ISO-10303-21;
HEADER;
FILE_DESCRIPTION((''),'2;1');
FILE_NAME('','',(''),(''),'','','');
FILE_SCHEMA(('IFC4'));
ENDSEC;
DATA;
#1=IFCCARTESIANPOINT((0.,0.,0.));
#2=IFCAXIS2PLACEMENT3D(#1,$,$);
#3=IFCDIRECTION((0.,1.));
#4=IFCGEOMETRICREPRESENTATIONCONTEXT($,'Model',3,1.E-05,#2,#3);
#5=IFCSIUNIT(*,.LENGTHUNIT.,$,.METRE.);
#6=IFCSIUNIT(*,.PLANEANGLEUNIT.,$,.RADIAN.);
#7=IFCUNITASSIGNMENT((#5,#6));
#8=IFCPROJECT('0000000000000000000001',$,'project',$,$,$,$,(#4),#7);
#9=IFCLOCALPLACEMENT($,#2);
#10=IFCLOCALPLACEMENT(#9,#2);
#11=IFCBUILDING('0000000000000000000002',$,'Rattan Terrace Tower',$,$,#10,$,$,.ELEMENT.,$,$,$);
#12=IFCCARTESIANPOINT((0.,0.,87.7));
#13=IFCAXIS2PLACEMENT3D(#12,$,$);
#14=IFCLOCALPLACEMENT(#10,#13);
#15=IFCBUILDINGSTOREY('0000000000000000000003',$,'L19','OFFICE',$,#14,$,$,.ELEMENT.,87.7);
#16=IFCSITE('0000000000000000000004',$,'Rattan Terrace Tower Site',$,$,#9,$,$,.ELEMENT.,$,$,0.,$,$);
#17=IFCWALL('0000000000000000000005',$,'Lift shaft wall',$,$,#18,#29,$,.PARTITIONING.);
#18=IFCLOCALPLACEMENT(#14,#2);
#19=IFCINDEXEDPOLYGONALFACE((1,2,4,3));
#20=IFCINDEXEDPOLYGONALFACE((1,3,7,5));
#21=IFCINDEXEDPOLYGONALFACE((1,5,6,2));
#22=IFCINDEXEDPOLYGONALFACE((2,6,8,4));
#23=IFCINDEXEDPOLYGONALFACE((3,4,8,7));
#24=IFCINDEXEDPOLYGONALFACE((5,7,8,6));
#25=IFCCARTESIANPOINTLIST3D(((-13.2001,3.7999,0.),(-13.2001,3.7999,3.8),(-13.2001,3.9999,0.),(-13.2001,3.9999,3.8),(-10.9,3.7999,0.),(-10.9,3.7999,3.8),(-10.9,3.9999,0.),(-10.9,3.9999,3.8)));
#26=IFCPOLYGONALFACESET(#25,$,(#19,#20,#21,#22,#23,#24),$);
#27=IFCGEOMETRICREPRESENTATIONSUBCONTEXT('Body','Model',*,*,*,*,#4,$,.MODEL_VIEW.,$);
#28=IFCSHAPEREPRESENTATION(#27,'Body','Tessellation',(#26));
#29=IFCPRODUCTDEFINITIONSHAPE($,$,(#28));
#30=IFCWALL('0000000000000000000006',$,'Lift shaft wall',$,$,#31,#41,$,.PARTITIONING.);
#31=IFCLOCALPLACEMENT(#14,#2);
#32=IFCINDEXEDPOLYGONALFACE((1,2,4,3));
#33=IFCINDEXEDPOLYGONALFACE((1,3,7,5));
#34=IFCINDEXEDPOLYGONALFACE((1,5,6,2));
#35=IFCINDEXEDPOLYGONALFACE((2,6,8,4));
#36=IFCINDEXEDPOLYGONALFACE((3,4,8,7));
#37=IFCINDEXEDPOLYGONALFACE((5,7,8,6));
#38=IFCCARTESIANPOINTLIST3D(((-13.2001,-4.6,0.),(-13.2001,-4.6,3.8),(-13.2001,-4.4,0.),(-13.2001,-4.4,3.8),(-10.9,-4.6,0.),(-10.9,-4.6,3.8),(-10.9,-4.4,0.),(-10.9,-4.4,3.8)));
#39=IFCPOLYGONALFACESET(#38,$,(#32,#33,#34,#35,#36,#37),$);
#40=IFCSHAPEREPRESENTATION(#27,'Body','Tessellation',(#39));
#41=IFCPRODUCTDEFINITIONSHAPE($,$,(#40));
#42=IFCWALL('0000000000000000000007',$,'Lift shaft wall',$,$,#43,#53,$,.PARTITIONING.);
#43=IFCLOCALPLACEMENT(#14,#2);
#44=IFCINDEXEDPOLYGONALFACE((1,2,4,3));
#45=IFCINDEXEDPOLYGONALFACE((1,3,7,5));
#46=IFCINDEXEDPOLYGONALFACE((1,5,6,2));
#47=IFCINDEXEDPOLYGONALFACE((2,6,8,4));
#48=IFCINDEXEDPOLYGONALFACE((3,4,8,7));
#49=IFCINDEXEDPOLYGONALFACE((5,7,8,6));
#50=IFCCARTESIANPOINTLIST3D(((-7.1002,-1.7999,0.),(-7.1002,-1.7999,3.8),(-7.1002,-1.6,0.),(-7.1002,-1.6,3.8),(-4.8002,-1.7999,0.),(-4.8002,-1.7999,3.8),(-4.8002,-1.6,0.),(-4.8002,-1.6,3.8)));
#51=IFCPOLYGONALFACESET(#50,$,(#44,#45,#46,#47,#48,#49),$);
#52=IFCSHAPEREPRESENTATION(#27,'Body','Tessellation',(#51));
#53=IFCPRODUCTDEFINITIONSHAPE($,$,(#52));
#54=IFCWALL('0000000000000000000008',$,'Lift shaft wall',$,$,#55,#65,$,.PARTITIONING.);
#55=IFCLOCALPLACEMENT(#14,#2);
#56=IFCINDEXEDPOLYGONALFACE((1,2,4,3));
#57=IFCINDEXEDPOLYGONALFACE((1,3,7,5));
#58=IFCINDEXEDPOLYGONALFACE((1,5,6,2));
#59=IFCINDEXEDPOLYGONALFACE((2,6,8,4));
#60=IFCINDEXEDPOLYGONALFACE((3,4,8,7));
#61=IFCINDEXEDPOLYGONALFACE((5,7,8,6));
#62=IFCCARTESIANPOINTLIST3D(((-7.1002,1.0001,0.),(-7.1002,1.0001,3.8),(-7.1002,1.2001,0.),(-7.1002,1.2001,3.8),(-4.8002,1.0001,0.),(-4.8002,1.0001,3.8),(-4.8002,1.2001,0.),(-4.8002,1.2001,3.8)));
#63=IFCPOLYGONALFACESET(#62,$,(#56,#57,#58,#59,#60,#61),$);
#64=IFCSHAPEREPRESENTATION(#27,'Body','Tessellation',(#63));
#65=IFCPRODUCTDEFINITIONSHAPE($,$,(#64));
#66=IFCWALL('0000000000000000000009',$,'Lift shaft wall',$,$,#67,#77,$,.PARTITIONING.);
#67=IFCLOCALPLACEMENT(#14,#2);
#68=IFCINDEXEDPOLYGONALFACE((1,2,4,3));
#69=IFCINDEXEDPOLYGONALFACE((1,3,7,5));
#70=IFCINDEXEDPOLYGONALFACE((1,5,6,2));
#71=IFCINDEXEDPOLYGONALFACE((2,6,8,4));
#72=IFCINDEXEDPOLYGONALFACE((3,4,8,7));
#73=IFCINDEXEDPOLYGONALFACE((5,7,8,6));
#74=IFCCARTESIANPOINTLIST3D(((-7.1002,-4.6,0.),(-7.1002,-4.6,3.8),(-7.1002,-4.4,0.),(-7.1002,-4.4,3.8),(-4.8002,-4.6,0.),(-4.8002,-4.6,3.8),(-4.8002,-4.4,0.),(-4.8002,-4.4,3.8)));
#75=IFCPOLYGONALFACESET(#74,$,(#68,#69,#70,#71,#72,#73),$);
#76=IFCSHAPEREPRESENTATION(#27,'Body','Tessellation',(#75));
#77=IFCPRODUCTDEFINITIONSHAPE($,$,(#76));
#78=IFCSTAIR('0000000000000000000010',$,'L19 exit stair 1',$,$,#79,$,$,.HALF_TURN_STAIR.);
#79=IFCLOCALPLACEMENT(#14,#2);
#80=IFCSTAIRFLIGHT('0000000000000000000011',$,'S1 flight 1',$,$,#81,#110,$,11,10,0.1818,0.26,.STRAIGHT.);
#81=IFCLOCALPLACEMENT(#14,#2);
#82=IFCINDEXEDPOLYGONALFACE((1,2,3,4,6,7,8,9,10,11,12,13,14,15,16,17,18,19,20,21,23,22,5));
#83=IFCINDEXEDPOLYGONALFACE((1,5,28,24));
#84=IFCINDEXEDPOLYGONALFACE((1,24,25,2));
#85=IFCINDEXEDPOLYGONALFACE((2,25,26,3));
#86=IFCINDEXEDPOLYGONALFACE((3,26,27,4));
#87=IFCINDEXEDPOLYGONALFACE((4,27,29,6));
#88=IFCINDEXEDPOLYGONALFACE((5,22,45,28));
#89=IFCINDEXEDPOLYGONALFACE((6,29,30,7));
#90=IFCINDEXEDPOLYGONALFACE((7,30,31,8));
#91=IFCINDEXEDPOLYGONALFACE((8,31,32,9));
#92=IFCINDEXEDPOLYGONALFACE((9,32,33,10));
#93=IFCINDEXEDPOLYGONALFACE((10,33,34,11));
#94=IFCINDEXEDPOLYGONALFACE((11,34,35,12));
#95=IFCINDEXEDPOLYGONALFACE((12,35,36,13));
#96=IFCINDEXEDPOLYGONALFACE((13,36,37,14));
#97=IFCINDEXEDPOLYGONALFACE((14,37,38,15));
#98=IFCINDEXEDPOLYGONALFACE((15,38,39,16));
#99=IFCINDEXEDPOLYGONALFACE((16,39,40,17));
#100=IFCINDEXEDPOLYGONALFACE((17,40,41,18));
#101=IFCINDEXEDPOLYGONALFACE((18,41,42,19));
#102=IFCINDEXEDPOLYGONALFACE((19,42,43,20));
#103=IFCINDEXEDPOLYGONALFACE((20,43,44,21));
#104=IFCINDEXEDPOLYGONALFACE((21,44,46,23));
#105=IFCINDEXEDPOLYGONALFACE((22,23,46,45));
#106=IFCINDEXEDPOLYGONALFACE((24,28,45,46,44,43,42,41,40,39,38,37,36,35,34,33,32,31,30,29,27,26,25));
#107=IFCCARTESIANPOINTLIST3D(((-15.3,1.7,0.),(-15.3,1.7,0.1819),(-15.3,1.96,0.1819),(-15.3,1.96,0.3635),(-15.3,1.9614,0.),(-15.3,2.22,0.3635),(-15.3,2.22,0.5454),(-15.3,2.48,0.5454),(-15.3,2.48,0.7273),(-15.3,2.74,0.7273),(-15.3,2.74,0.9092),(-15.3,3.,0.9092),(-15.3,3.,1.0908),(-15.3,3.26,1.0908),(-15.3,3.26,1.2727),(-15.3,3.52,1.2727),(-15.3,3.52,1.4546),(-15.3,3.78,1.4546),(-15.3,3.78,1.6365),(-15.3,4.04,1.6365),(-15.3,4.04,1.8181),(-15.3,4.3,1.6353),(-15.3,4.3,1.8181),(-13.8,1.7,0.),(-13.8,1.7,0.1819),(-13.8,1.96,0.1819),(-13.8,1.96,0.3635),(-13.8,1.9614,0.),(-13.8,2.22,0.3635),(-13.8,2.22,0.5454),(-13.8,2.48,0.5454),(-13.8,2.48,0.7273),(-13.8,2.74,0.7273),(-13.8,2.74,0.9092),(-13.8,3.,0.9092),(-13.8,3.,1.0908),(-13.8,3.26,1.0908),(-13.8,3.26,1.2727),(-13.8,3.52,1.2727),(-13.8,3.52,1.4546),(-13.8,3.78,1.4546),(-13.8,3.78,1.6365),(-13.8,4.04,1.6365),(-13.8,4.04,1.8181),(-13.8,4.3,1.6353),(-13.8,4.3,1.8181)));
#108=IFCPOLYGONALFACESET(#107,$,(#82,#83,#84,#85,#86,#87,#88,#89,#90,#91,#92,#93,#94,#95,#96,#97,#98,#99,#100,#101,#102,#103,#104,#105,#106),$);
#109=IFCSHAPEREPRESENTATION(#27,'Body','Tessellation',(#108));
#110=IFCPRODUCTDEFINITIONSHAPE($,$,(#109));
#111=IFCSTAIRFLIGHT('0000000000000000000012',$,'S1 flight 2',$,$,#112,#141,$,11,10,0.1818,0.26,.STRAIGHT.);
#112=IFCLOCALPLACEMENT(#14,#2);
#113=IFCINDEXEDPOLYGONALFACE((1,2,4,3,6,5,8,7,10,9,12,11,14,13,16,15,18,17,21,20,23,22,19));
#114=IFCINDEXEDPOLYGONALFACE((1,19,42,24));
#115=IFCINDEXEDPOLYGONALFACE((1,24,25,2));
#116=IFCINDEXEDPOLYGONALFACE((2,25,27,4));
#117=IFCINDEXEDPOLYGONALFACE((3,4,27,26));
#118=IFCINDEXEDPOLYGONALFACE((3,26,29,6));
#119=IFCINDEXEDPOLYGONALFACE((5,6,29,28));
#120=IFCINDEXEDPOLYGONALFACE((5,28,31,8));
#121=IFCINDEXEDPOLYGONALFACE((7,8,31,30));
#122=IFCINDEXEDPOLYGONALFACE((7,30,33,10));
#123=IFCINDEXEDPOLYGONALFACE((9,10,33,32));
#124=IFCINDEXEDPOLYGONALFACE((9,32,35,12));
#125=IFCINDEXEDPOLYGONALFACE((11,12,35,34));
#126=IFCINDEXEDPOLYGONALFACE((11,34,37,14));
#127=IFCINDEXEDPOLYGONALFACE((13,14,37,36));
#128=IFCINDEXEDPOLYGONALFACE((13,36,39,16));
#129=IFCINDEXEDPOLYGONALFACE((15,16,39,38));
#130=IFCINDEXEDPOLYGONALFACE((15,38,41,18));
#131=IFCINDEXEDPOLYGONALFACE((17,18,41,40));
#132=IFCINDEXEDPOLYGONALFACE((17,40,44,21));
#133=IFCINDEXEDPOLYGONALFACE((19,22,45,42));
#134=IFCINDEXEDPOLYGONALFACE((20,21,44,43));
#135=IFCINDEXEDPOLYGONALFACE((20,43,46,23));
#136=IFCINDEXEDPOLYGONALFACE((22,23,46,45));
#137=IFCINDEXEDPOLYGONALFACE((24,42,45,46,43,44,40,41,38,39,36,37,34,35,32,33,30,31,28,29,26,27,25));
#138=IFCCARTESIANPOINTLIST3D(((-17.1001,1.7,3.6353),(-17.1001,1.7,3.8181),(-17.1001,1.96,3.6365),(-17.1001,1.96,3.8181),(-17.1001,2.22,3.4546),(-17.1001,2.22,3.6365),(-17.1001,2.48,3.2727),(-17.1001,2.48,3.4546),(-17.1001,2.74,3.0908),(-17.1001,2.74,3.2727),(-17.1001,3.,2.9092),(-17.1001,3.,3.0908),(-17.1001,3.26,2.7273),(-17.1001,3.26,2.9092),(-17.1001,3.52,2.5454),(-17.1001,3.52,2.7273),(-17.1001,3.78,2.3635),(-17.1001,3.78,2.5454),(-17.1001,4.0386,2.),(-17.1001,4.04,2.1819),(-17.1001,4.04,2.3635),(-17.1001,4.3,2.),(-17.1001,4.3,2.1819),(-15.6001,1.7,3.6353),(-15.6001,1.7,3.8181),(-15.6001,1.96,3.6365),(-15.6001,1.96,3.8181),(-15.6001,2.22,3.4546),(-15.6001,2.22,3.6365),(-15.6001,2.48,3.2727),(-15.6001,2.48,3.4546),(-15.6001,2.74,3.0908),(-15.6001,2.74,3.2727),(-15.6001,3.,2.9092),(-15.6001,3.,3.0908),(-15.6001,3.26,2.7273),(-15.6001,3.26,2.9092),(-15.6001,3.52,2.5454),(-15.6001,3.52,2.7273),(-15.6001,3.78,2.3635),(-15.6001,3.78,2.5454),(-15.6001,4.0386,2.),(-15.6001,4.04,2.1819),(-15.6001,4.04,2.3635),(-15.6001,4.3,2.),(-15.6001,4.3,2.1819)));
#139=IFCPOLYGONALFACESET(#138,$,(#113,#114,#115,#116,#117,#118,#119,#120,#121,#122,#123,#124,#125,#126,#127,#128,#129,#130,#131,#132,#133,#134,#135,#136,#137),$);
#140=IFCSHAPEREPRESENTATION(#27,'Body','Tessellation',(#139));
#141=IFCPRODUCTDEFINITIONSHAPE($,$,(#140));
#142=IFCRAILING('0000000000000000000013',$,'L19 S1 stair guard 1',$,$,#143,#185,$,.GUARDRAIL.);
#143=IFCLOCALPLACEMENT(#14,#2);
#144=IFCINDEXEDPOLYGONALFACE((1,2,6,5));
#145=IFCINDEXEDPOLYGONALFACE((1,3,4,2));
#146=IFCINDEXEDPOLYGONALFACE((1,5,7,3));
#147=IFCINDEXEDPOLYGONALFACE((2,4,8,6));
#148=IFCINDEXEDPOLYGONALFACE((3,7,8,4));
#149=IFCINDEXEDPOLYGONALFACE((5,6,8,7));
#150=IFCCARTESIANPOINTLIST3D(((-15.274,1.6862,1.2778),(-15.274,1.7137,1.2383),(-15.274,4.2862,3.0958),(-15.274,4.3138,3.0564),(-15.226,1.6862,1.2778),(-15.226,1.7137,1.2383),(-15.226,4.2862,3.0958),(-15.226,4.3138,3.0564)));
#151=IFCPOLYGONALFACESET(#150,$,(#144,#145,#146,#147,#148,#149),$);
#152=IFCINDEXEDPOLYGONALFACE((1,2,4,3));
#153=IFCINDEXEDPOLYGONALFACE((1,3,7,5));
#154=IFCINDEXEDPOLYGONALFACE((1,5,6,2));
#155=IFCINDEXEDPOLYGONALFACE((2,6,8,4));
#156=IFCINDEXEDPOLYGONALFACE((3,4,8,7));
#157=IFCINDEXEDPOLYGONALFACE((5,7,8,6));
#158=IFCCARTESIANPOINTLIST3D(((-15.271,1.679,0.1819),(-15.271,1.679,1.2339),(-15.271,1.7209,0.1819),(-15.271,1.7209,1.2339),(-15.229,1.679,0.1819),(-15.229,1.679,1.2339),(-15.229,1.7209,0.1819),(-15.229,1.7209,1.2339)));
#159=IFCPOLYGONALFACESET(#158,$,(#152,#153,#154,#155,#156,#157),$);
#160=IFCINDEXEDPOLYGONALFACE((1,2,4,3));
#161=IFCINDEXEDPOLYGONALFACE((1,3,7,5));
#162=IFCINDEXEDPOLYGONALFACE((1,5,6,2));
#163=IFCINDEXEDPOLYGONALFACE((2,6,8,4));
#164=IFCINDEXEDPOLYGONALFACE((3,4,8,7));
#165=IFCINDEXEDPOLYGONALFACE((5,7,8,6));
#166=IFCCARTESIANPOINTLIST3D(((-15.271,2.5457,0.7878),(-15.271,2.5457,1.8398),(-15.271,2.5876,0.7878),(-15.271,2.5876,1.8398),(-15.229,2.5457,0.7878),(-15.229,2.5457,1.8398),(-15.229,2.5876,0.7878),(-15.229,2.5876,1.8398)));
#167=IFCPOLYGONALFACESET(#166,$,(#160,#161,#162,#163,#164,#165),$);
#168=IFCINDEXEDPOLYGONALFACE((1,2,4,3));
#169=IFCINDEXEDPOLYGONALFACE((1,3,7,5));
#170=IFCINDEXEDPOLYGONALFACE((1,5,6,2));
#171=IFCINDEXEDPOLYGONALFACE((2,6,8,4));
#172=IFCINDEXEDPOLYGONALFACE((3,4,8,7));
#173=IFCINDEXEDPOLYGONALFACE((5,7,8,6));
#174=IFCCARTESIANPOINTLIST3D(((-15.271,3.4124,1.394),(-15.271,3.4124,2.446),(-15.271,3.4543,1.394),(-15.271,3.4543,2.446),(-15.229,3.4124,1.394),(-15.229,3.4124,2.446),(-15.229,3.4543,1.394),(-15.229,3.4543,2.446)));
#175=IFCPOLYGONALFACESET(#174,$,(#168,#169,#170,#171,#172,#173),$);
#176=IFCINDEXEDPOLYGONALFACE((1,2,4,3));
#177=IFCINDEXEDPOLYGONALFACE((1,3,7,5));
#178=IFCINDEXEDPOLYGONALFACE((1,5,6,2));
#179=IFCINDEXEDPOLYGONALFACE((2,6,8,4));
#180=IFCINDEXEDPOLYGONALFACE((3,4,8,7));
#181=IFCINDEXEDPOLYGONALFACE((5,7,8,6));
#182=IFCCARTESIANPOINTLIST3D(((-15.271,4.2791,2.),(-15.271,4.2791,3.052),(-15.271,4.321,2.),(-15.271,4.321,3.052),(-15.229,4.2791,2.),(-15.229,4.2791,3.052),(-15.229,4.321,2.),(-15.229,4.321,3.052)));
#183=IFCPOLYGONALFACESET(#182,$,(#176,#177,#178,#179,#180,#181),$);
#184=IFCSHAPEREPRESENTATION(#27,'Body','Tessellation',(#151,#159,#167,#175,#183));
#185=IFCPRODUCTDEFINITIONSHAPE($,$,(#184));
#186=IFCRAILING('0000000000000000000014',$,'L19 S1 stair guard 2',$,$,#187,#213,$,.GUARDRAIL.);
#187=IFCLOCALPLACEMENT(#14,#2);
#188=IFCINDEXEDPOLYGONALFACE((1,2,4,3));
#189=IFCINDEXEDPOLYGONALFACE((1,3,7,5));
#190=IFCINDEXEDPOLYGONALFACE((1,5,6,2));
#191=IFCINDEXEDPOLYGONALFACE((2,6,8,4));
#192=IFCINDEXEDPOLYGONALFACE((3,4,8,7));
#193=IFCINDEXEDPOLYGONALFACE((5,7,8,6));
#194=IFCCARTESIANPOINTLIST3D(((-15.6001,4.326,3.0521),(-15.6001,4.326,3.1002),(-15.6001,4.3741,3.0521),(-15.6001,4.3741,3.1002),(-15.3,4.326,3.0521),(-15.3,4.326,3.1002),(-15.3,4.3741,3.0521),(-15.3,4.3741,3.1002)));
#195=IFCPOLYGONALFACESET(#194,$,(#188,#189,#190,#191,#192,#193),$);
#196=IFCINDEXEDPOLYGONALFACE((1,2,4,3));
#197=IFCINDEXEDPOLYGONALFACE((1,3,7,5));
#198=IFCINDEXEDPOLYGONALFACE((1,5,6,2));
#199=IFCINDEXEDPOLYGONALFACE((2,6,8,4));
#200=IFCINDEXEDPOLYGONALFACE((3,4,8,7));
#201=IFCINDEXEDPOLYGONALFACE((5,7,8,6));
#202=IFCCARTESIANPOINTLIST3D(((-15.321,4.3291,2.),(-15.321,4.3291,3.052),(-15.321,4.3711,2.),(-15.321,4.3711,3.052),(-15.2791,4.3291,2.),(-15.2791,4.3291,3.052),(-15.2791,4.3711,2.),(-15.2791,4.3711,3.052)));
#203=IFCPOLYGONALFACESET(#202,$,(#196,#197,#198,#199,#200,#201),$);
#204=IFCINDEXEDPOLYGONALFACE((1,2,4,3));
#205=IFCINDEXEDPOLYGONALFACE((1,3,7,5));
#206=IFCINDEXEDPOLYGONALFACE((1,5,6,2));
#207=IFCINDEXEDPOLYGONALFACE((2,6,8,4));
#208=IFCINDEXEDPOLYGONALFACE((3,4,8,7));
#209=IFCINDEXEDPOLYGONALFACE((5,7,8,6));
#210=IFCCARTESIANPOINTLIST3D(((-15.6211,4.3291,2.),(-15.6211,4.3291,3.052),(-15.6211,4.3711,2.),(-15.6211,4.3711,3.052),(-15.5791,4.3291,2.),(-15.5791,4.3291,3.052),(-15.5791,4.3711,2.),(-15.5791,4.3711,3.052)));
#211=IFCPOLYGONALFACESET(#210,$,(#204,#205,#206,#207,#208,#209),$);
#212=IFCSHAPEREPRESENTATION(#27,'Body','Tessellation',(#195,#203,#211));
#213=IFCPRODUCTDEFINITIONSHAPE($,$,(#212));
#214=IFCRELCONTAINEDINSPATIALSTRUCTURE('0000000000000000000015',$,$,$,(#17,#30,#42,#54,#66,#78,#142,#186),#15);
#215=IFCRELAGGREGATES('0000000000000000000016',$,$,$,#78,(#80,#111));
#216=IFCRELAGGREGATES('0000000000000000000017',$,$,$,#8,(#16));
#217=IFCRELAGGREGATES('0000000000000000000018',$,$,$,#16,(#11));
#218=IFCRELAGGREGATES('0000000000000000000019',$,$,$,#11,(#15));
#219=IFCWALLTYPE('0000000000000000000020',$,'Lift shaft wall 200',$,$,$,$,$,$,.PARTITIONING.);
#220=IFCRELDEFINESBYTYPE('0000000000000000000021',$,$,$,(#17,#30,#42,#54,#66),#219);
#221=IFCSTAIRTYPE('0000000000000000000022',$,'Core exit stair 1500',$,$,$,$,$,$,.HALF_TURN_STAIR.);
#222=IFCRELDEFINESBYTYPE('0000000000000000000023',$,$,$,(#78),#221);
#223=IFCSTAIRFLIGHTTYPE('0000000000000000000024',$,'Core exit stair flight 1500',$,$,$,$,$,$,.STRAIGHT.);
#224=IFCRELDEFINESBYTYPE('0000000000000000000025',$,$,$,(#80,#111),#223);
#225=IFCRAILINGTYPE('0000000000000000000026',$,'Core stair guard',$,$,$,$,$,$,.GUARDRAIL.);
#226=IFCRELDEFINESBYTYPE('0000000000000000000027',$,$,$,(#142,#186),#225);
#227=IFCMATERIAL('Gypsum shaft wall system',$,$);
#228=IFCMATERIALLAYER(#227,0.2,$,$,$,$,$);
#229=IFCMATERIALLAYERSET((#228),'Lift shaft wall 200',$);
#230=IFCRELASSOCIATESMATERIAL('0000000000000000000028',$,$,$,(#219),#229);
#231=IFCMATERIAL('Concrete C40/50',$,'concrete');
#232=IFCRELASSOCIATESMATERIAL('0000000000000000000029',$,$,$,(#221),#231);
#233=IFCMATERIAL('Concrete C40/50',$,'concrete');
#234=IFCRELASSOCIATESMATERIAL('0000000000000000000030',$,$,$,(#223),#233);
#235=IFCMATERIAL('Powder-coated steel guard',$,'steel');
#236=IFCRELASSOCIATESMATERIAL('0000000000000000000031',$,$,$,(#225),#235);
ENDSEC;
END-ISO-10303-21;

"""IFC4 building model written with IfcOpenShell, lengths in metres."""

from ifc_helpers import new_model, si_unit, direction, frame, frame_2d, origin, origin_2d, place, context, subcontext, project, spatial, polyline, rectangle, outline, extrude, material, layer, layer_set, type_object, element, aggregate, save


model = new_model("IFC4")

# Units and contexts
model_context = context("Model", 3, precision=1e-05, world=origin(), true_north=direction((0.0, 1.0)))
body_context = subcontext(model_context, "Body", "Model", "MODEL_VIEW")
ifc_project = project(units=[si_unit("LENGTHUNIT", "METRE"), si_unit("PLANEANGLEUNIT", "RADIAN")], contexts=[model_context])

# Site, building, storey
site_placement = place(None, origin())
site = spatial("IfcSite", under=ifc_project, at=site_placement, Name="Rattan Terrace Tower Site", CompositionType="ELEMENT", RefElevation=0.0)
building_placement = place(site_placement, origin())
building = spatial("IfcBuilding", under=site, at=building_placement, Name="Rattan Terrace Tower", CompositionType="ELEMENT")
storey_placement = place(building_placement, frame((0.0, 0.0, 87.7)))
storey = spatial("IfcBuildingStorey", under=building, at=storey_placement, Name="L19", Description="OFFICE", CompositionType="ELEMENT", Elevation=87.7)

# Walls
ifc_material_1 = material(Name="Gypsum shaft wall system")
ifc_layer_1 = layer(ifc_material_1, 0.2)
ifc_layer_set_1 = layer_set([ifc_layer_1], Name="Lift shaft wall 200")
wall_type = type_object("IfcWallType", Name="Lift shaft wall 200", PredefinedType="PARTITIONING", material=ifc_layer_set_1)
for number, where, z_axis, x_axis, name in (
    (1, (-13.2, 3.8999, 0.0), (0.0, 0.0, 1.0), (1.0, 0.0, 0.0), "Lift shaft wall"),
    (2, (-13.2, -4.5, 0.0), (0.0, 0.0, 1.0), (1.0, 0.0, 0.0), "Lift shaft wall"),
    (3, (-7.1001, -1.7, 0.0), (0.0, 0.0, 1.0), (1.0, 0.0, 0.0), "Lift shaft wall"),
    (4, (-7.1001, 1.1001, 0.0), (0.0, 0.0, 1.0), (1.0, 0.0, 0.0), "Lift shaft wall"),
    (5, (-7.1001, -4.5, 0.0), (0.0, 0.0, 1.0), (1.0, 0.0, 0.0), "Lift shaft wall"),
):
    element("IfcWall", number, at=place(storey_placement, frame(where, z_axis=z_axis, x_axis=x_axis)), inside=storey, type_object=wall_type, Name=name, PredefinedType="PARTITIONING", context=body_context, shape_type="SweptSolid", body=[
        extrude(rectangle(XDim=2.3, YDim=0.2, at=frame_2d((1.1499, 0.0))), origin(), (0.0, 0.0, 1.0), 3.8),
    ])

# Stair, stair flights
ifc_material_2 = material(Name="Concrete C40/50", Category="concrete")
stair_type = type_object("IfcStairType", Name="Core exit stair 1500", PredefinedType="HALF_TURN_STAIR", material=ifc_material_2)
stair_placement = place(storey_placement, origin())
stair = element("IfcStair", 6, at=stair_placement, inside=storey, type_object=stair_type, Name="L19 exit stair 1", PredefinedType="HALF_TURN_STAIR")
ifc_material_3 = material(Name="Concrete C40/50", Category="concrete")
stair_flight_type = type_object("IfcStairFlightType", Name="Core exit stair flight 1500", PredefinedType="STRAIGHT", material=ifc_material_3)
stair_flight_1_placement = place(storey_placement, frame((-14.55, 1.7, 0.0), z_axis=(0.0, 0.0, 1.0), x_axis=(0.0, 1.0, 0.0)))
stair_flight_1 = element("IfcStairFlight", 7, at=stair_flight_1_placement, type_object=stair_flight_type, Name="S1 flight 1", NumberOfRisers=11, NumberOfTreads=10, PredefinedType="STRAIGHT", RiserHeight=0.1818, TreadLength=0.26, context=body_context, shape_type="SweptSolid", body=[
    extrude(outline(polyline([(0.0, 0.0), (0.0, 0.1819), (0.26, 0.1819), (0.26, 0.3635), (0.52, 0.3635), (0.52, 0.5454), (0.78, 0.5454), (0.78, 0.7273), (1.04, 0.7273), (1.04, 0.9092), (1.3, 0.9092), (1.3, 1.0908), (1.5601, 1.0908), (1.5601, 1.2727), (1.8201, 1.2727), (1.8201, 1.4546), (2.0801, 1.4546), (2.0801, 1.6365), (2.3401, 1.6365), (2.3401, 1.8181), (2.6001, 1.8181), (2.6001, 2.0), (2.6001, 1.6353), (0.2615, 0.0), (0.0, 0.0)])), frame((0.0, 0.75, 0.0), z_axis=(0.0, -1.0, 0.0), x_axis=(1.0, 0.0, 0.0)), (0.0, 0.0, 1.0), 1.5),
])
stair_flight_2_placement = place(storey_placement, frame((-16.3501, 4.3, 2.0), z_axis=(0.0, 0.0, 1.0), x_axis=(0.0, -1.0, 0.0)))
stair_flight_2 = element("IfcStairFlight", 8, at=stair_flight_2_placement, type_object=stair_flight_type, Name="S1 flight 2", NumberOfRisers=11, NumberOfTreads=10, PredefinedType="STRAIGHT", RiserHeight=0.1818, TreadLength=0.26, context=body_context, shape_type="SweptSolid", body=[
    extrude(outline(polyline([(0.0, 0.0), (0.0, 0.1819), (0.26, 0.1819), (0.26, 0.3635), (0.52, 0.3635), (0.52, 0.5454), (0.78, 0.5454), (0.78, 0.7273), (1.04, 0.7273), (1.04, 0.9092), (1.3, 0.9092), (1.3, 1.0908), (1.5601, 1.0908), (1.5601, 1.2727), (1.8201, 1.2727), (1.8201, 1.4546), (2.0801, 1.4546), (2.0801, 1.6365), (2.3401, 1.6365), (2.3401, 1.8181), (2.6001, 1.8181), (2.6001, 2.0), (2.6001, 1.6353), (0.2615, 0.0), (0.0, 0.0)])), frame((0.0, 0.75, 0.0), z_axis=(0.0, -1.0, 0.0), x_axis=(1.0, 0.0, 0.0)), (0.0, 0.0, 1.0), 1.5),
])
aggregate(stair, [stair_flight_1, stair_flight_2])

# Railings
ifc_material_4 = material(Name="Powder-coated steel guard", Category="steel")
railing_type_1 = type_object("IfcRailingType", Name="Core stair guard", PredefinedType="GUARDRAIL", material=ifc_material_4)
railing_1_placement = place(storey_placement, frame((-15.25, 1.7, 0.1819)))
element("IfcRailing", 9, at=railing_1_placement, inside=storey, type_object=railing_type_1, Name="L19 S1 stair guard 1", PredefinedType="GUARDRAIL", context=body_context, shape_type="SweptSolid", body=[
    extrude(rectangle(XDim=0.0481, YDim=0.0481, at=origin_2d()), frame((0.0, 0.0, 1.0762), z_axis=(0.0, 0.819521, 0.573049), x_axis=(-1.0, 0.0, 0.0)), (0.0, 0.0, 1.0), 3.1726),
    extrude(rectangle(XDim=0.042, YDim=0.042, at=origin_2d()), origin(), (0.0, 0.0, 1.0), 1.052),
    extrude(rectangle(XDim=0.042, YDim=0.042, at=origin_2d()), frame((0.0, 0.8667, 0.606)), (0.0, 0.0, 1.0), 1.052),
    extrude(rectangle(XDim=0.042, YDim=0.042, at=origin_2d()), frame((0.0, 1.7334, 1.2122)), (0.0, 0.0, 1.0), 1.052),
    extrude(rectangle(XDim=0.042, YDim=0.042, at=origin_2d()), frame((0.0, 2.6001, 1.8181)), (0.0, 0.0, 1.0), 1.052),
])
railing_2_placement = place(storey_placement, frame((-15.3, 4.3501, 2.0)))
element("IfcRailing", 10, at=railing_2_placement, inside=storey, type_object=railing_type_1, Name="L19 S1 stair guard 2", PredefinedType="GUARDRAIL", context=body_context, shape_type="SweptSolid", body=[
    extrude(rectangle(XDim=0.0481, YDim=0.0481, at=origin_2d()), frame((0.0, 0.0, 1.0762), z_axis=(-1.0, 0.0, 0.0), x_axis=(0.0, -1.0, 0.0)), (0.0, 0.0, 1.0), 0.3),
    extrude(rectangle(XDim=0.042, YDim=0.042, at=origin_2d()), origin(), (0.0, 0.0, 1.0), 1.052),
    extrude(rectangle(XDim=0.042, YDim=0.042, at=origin_2d()), frame((-0.3, 0.0, 0.0)), (0.0, 0.0, 1.0), 1.052),
])

save(model, "model.ifc")
